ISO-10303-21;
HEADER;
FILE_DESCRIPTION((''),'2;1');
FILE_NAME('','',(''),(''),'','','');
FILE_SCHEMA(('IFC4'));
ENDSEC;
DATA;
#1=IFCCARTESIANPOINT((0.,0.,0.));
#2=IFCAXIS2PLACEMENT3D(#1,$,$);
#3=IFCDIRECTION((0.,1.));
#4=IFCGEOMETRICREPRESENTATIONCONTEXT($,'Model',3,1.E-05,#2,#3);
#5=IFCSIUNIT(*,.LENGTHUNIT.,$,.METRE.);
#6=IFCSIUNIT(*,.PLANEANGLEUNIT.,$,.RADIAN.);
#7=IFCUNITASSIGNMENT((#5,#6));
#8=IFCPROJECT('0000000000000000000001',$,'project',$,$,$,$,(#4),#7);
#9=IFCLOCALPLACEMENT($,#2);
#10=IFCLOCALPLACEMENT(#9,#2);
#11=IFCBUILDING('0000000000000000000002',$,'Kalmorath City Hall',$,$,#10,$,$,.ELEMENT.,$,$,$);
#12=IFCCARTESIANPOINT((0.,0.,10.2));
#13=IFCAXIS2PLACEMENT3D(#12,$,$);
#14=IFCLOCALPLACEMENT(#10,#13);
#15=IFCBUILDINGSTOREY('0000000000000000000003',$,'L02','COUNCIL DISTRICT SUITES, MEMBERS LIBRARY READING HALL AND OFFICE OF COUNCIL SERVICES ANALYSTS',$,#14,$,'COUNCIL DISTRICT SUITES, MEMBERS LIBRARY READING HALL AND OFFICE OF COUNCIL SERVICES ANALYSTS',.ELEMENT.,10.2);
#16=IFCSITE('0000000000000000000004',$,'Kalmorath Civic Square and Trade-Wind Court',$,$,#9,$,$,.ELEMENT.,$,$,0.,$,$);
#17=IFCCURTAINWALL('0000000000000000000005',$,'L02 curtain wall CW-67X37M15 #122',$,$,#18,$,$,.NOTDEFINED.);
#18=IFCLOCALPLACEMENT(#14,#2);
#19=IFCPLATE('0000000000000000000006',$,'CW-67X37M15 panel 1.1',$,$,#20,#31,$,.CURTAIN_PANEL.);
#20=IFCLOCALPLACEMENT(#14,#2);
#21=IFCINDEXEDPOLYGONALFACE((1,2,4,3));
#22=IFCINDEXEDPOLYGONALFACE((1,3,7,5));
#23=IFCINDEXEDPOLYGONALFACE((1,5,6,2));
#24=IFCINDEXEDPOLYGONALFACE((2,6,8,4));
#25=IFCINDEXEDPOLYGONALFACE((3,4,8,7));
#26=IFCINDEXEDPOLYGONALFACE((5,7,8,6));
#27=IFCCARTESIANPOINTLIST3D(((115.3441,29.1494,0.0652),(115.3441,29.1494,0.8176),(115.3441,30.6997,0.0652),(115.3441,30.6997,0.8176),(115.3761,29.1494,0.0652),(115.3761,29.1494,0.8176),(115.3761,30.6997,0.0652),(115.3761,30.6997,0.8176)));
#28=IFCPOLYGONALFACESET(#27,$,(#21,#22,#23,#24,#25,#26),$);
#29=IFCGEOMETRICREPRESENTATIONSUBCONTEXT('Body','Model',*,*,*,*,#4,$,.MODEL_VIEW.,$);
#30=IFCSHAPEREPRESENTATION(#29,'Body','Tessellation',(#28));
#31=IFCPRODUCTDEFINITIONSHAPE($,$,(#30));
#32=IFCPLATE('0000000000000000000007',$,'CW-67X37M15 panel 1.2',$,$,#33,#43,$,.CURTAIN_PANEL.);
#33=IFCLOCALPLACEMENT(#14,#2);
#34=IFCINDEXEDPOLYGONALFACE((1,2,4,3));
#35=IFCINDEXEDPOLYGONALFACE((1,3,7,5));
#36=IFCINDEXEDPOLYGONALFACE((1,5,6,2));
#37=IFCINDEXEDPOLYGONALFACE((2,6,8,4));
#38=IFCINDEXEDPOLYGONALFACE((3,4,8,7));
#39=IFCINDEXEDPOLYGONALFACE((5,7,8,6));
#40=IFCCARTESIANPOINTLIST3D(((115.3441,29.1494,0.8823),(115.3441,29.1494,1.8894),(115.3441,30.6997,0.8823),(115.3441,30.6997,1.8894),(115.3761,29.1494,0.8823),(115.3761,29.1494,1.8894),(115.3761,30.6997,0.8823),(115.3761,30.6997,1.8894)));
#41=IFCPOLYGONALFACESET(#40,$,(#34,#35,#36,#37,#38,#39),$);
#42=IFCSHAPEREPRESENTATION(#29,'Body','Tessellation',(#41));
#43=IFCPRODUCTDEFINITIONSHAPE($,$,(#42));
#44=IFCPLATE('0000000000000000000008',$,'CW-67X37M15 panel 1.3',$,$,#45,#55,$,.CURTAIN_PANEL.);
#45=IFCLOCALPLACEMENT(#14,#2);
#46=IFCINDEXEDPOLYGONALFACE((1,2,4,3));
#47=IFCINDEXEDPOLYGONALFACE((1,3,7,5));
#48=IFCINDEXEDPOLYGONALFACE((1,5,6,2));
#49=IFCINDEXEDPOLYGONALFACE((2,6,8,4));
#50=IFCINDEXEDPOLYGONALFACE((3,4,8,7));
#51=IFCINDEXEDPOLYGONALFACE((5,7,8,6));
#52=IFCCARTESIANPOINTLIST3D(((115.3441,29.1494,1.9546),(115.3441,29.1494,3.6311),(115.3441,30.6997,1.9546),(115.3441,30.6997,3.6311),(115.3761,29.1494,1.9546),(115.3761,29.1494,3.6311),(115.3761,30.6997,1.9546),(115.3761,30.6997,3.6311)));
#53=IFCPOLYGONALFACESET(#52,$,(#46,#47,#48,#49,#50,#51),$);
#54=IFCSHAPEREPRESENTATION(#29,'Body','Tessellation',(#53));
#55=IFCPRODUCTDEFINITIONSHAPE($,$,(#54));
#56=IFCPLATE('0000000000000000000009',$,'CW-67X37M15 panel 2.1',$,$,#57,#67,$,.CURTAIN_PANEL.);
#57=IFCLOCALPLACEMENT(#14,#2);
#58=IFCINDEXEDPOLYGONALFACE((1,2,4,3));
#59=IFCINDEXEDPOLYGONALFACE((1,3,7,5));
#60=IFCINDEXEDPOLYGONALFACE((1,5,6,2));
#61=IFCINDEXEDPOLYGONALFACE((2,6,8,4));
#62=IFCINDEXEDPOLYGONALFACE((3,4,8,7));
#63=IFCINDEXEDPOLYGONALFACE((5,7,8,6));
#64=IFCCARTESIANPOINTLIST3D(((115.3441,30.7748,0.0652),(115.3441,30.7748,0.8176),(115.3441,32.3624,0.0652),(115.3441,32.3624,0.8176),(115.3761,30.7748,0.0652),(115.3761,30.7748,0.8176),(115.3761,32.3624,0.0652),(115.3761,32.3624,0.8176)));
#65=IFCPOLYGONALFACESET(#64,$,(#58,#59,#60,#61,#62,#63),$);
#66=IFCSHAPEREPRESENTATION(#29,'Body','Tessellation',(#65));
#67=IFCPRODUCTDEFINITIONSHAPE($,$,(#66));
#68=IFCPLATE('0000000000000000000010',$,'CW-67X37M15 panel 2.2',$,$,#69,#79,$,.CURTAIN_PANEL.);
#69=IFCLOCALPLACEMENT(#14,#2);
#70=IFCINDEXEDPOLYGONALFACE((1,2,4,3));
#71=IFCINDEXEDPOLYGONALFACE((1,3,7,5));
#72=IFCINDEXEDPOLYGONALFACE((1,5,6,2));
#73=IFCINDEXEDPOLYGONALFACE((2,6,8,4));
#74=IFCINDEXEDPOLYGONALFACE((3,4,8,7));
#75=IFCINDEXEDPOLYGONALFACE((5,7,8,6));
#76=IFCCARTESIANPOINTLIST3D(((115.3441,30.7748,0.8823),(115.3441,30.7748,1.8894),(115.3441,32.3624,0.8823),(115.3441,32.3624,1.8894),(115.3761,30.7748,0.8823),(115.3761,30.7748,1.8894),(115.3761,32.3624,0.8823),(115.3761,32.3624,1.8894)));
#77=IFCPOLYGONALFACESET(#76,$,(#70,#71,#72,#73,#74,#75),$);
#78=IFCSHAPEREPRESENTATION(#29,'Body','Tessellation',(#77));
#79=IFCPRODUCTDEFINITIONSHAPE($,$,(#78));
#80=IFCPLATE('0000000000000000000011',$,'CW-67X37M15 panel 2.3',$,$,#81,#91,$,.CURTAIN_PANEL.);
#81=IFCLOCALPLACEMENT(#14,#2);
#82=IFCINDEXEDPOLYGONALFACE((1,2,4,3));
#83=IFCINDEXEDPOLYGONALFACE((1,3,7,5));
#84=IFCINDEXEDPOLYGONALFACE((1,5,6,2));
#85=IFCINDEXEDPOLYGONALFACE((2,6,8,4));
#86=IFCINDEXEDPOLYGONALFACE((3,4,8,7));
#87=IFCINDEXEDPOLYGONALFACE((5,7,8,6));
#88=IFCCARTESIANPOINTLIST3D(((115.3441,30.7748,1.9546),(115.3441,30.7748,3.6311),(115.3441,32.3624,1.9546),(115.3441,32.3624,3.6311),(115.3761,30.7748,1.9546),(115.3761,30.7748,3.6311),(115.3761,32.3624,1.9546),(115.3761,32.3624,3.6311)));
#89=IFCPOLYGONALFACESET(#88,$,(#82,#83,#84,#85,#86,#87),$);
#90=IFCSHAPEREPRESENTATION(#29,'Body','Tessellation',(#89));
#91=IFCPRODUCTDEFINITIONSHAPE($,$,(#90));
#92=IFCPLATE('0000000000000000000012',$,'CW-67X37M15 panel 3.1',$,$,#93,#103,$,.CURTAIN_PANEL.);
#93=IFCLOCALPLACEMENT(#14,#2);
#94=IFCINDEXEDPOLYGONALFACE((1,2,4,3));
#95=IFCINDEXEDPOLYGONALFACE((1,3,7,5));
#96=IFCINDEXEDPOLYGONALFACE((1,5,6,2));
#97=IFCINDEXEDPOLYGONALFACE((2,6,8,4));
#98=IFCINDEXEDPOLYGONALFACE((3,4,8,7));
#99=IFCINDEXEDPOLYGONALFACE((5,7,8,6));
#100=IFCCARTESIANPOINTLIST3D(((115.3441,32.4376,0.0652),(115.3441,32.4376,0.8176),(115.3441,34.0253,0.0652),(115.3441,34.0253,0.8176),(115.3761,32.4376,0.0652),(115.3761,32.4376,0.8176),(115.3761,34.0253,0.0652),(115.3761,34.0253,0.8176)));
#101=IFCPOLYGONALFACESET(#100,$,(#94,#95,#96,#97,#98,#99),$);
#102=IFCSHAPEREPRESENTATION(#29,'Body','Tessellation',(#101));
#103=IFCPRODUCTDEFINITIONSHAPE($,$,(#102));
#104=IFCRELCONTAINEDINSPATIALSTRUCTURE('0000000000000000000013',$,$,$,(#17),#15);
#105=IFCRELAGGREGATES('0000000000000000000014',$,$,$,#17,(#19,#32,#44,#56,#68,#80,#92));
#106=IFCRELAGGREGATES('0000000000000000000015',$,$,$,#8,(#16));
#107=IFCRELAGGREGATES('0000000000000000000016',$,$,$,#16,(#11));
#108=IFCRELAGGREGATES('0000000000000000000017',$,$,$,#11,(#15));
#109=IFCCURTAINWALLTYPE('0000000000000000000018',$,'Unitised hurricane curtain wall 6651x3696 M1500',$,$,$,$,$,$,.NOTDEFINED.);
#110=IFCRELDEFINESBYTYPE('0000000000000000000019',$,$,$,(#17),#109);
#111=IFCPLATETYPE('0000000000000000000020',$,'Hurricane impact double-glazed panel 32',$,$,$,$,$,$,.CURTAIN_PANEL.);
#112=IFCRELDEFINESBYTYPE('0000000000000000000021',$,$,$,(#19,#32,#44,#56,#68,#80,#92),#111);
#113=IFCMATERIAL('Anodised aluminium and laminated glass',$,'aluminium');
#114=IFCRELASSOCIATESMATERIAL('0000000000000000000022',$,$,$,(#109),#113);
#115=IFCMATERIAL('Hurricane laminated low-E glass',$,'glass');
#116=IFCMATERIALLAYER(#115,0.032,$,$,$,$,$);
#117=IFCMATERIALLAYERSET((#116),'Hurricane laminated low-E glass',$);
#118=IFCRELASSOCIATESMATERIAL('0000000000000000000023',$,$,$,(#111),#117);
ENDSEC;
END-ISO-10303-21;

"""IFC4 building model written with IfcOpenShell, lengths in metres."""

from ifc_helpers import new_model, si_unit, direction, frame, origin, origin_2d, place, context, subcontext, project, spatial, rectangle, extrude, material, layer, layer_set, type_object, element, aggregate, save


model = new_model("IFC4")

# Units and contexts
model_context = context("Model", 3, precision=1e-05, world=origin(), true_north=direction((0.0, 1.0)))
body_context = subcontext(model_context, "Body", "Model", "MODEL_VIEW")
ifc_project = project(units=[si_unit("LENGTHUNIT", "METRE"), si_unit("PLANEANGLEUNIT", "RADIAN")], contexts=[model_context])

# Site, building, storey
site_placement = place(None, origin())
site = spatial("IfcSite", under=ifc_project, at=site_placement, Name="Kalmorath Civic Square and Trade-Wind Court", CompositionType="ELEMENT", RefElevation=0.0)
building_placement = place(site_placement, origin())
building = spatial("IfcBuilding", under=site, at=building_placement, Name="Kalmorath City Hall", CompositionType="ELEMENT")
storey_placement = place(building_placement, frame((0.0, 0.0, 10.2)))
storey = spatial("IfcBuildingStorey", under=building, at=storey_placement, Name="L02", Description="COUNCIL DISTRICT SUITES, MEMBERS LIBRARY READING HALL AND OFFICE OF COUNCIL SERVICES ANALYSTS", LongName="COUNCIL DISTRICT SUITES, MEMBERS LIBRARY READING HALL AND OFFICE OF COUNCIL SERVICES ANALYSTS", CompositionType="ELEMENT", Elevation=10.2)

# Curtain wall
ifc_material_1 = material(Name="Anodised aluminium and laminated glass", Category="aluminium")
curtain_wall_type_1 = type_object("IfcCurtainWallType", Name="Unitised hurricane curtain wall 6651x3696 M1500", PredefinedType="NOTDEFINED", material=ifc_material_1)
curtain_wall_1_placement = place(storey_placement, origin())
curtain_wall_1 = element("IfcCurtainWall", 1, at=curtain_wall_1_placement, inside=storey, type_object=curtain_wall_type_1, Name="L02 curtain wall CW-67X37M15 #122", PredefinedType="NOTDEFINED")

# Plates
ifc_material_2 = material(Name="Hurricane laminated low-E glass", Category="glass")
ifc_layer = layer(ifc_material_2, 0.032)
ifc_layer_set = layer_set([ifc_layer], Name="Hurricane laminated low-E glass")
plate_type = type_object("IfcPlateType", Name="Hurricane impact double-glazed panel 32", PredefinedType="CURTAIN_PANEL", material=ifc_layer_set)
plate_1_placement = place(storey_placement, frame((115.3601, 29.9246, 0.0652), z_axis=(0.0, 0.0, 1.0), x_axis=(0.0, 1.0, 0.0)))
plate_1 = element("IfcPlate", 2, at=plate_1_placement, type_object=plate_type, Name="CW-67X37M15 panel 1.1", PredefinedType="CURTAIN_PANEL", context=body_context, shape_type="SweptSolid", body=[
    extrude(rectangle(XDim=1.5503, YDim=0.032, at=origin_2d()), origin(), (0.0, 0.0, 1.0), 0.7524),
])
plate_2_placement = place(storey_placement, frame((115.3601, 29.9246, 0.8823), z_axis=(0.0, 0.0, 1.0), x_axis=(0.0, 1.0, 0.0)))
plate_2 = element("IfcPlate", 3, at=plate_2_placement, type_object=plate_type, Name="CW-67X37M15 panel 1.2", PredefinedType="CURTAIN_PANEL", context=body_context, shape_type="SweptSolid", body=[
    extrude(rectangle(XDim=1.5503, YDim=0.032, at=origin_2d()), origin(), (0.0, 0.0, 1.0), 1.0071),
])
plate_3_placement = place(storey_placement, frame((115.3601, 29.9246, 1.9546), z_axis=(0.0, 0.0, 1.0), x_axis=(0.0, 1.0, 0.0)))
plate_3 = element("IfcPlate", 4, at=plate_3_placement, type_object=plate_type, Name="CW-67X37M15 panel 1.3", PredefinedType="CURTAIN_PANEL", context=body_context, shape_type="SweptSolid", body=[
    extrude(rectangle(XDim=1.5503, YDim=0.032, at=origin_2d()), origin(), (0.0, 0.0, 1.0), 1.6765),
])
plate_4_placement = place(storey_placement, frame((115.3601, 31.5686, 0.0652), z_axis=(0.0, 0.0, 1.0), x_axis=(0.0, 1.0, 0.0)))
plate_4 = element("IfcPlate", 5, at=plate_4_placement, type_object=plate_type, Name="CW-67X37M15 panel 2.1", PredefinedType="CURTAIN_PANEL", context=body_context, shape_type="SweptSolid", body=[
    extrude(rectangle(XDim=1.5876, YDim=0.032, at=origin_2d()), origin(), (0.0, 0.0, 1.0), 0.7524),
])
plate_5_placement = place(storey_placement, frame((115.3601, 31.5686, 0.8823), z_axis=(0.0, 0.0, 1.0), x_axis=(0.0, 1.0, 0.0)))
plate_5 = element("IfcPlate", 6, at=plate_5_placement, type_object=plate_type, Name="CW-67X37M15 panel 2.2", PredefinedType="CURTAIN_PANEL", context=body_context, shape_type="SweptSolid", body=[
    extrude(rectangle(XDim=1.5876, YDim=0.032, at=origin_2d()), origin(), (0.0, 0.0, 1.0), 1.0071),
])
plate_6_placement = place(storey_placement, frame((115.3601, 31.5686, 1.9546), z_axis=(0.0, 0.0, 1.0), x_axis=(0.0, 1.0, 0.0)))
plate_6 = element("IfcPlate", 7, at=plate_6_placement, type_object=plate_type, Name="CW-67X37M15 panel 2.3", PredefinedType="CURTAIN_PANEL", context=body_context, shape_type="SweptSolid", body=[
    extrude(rectangle(XDim=1.5876, YDim=0.032, at=origin_2d()), origin(), (0.0, 0.0, 1.0), 1.6765),
])
plate_7_placement = place(storey_placement, frame((115.3601, 33.2314, 0.0652), z_axis=(0.0, 0.0, 1.0), x_axis=(0.0, 1.0, 0.0)))
plate_7 = element("IfcPlate", 8, at=plate_7_placement, type_object=plate_type, Name="CW-67X37M15 panel 3.1", PredefinedType="CURTAIN_PANEL", context=body_context, shape_type="SweptSolid", body=[
    extrude(rectangle(XDim=1.5876, YDim=0.032, at=origin_2d()), origin(), (0.0, 0.0, 1.0), 0.7524),
])
aggregate(curtain_wall_1, [plate_1, plate_2, plate_3, plate_4, plate_5, plate_6, plate_7])

save(model, "model.ifc")
